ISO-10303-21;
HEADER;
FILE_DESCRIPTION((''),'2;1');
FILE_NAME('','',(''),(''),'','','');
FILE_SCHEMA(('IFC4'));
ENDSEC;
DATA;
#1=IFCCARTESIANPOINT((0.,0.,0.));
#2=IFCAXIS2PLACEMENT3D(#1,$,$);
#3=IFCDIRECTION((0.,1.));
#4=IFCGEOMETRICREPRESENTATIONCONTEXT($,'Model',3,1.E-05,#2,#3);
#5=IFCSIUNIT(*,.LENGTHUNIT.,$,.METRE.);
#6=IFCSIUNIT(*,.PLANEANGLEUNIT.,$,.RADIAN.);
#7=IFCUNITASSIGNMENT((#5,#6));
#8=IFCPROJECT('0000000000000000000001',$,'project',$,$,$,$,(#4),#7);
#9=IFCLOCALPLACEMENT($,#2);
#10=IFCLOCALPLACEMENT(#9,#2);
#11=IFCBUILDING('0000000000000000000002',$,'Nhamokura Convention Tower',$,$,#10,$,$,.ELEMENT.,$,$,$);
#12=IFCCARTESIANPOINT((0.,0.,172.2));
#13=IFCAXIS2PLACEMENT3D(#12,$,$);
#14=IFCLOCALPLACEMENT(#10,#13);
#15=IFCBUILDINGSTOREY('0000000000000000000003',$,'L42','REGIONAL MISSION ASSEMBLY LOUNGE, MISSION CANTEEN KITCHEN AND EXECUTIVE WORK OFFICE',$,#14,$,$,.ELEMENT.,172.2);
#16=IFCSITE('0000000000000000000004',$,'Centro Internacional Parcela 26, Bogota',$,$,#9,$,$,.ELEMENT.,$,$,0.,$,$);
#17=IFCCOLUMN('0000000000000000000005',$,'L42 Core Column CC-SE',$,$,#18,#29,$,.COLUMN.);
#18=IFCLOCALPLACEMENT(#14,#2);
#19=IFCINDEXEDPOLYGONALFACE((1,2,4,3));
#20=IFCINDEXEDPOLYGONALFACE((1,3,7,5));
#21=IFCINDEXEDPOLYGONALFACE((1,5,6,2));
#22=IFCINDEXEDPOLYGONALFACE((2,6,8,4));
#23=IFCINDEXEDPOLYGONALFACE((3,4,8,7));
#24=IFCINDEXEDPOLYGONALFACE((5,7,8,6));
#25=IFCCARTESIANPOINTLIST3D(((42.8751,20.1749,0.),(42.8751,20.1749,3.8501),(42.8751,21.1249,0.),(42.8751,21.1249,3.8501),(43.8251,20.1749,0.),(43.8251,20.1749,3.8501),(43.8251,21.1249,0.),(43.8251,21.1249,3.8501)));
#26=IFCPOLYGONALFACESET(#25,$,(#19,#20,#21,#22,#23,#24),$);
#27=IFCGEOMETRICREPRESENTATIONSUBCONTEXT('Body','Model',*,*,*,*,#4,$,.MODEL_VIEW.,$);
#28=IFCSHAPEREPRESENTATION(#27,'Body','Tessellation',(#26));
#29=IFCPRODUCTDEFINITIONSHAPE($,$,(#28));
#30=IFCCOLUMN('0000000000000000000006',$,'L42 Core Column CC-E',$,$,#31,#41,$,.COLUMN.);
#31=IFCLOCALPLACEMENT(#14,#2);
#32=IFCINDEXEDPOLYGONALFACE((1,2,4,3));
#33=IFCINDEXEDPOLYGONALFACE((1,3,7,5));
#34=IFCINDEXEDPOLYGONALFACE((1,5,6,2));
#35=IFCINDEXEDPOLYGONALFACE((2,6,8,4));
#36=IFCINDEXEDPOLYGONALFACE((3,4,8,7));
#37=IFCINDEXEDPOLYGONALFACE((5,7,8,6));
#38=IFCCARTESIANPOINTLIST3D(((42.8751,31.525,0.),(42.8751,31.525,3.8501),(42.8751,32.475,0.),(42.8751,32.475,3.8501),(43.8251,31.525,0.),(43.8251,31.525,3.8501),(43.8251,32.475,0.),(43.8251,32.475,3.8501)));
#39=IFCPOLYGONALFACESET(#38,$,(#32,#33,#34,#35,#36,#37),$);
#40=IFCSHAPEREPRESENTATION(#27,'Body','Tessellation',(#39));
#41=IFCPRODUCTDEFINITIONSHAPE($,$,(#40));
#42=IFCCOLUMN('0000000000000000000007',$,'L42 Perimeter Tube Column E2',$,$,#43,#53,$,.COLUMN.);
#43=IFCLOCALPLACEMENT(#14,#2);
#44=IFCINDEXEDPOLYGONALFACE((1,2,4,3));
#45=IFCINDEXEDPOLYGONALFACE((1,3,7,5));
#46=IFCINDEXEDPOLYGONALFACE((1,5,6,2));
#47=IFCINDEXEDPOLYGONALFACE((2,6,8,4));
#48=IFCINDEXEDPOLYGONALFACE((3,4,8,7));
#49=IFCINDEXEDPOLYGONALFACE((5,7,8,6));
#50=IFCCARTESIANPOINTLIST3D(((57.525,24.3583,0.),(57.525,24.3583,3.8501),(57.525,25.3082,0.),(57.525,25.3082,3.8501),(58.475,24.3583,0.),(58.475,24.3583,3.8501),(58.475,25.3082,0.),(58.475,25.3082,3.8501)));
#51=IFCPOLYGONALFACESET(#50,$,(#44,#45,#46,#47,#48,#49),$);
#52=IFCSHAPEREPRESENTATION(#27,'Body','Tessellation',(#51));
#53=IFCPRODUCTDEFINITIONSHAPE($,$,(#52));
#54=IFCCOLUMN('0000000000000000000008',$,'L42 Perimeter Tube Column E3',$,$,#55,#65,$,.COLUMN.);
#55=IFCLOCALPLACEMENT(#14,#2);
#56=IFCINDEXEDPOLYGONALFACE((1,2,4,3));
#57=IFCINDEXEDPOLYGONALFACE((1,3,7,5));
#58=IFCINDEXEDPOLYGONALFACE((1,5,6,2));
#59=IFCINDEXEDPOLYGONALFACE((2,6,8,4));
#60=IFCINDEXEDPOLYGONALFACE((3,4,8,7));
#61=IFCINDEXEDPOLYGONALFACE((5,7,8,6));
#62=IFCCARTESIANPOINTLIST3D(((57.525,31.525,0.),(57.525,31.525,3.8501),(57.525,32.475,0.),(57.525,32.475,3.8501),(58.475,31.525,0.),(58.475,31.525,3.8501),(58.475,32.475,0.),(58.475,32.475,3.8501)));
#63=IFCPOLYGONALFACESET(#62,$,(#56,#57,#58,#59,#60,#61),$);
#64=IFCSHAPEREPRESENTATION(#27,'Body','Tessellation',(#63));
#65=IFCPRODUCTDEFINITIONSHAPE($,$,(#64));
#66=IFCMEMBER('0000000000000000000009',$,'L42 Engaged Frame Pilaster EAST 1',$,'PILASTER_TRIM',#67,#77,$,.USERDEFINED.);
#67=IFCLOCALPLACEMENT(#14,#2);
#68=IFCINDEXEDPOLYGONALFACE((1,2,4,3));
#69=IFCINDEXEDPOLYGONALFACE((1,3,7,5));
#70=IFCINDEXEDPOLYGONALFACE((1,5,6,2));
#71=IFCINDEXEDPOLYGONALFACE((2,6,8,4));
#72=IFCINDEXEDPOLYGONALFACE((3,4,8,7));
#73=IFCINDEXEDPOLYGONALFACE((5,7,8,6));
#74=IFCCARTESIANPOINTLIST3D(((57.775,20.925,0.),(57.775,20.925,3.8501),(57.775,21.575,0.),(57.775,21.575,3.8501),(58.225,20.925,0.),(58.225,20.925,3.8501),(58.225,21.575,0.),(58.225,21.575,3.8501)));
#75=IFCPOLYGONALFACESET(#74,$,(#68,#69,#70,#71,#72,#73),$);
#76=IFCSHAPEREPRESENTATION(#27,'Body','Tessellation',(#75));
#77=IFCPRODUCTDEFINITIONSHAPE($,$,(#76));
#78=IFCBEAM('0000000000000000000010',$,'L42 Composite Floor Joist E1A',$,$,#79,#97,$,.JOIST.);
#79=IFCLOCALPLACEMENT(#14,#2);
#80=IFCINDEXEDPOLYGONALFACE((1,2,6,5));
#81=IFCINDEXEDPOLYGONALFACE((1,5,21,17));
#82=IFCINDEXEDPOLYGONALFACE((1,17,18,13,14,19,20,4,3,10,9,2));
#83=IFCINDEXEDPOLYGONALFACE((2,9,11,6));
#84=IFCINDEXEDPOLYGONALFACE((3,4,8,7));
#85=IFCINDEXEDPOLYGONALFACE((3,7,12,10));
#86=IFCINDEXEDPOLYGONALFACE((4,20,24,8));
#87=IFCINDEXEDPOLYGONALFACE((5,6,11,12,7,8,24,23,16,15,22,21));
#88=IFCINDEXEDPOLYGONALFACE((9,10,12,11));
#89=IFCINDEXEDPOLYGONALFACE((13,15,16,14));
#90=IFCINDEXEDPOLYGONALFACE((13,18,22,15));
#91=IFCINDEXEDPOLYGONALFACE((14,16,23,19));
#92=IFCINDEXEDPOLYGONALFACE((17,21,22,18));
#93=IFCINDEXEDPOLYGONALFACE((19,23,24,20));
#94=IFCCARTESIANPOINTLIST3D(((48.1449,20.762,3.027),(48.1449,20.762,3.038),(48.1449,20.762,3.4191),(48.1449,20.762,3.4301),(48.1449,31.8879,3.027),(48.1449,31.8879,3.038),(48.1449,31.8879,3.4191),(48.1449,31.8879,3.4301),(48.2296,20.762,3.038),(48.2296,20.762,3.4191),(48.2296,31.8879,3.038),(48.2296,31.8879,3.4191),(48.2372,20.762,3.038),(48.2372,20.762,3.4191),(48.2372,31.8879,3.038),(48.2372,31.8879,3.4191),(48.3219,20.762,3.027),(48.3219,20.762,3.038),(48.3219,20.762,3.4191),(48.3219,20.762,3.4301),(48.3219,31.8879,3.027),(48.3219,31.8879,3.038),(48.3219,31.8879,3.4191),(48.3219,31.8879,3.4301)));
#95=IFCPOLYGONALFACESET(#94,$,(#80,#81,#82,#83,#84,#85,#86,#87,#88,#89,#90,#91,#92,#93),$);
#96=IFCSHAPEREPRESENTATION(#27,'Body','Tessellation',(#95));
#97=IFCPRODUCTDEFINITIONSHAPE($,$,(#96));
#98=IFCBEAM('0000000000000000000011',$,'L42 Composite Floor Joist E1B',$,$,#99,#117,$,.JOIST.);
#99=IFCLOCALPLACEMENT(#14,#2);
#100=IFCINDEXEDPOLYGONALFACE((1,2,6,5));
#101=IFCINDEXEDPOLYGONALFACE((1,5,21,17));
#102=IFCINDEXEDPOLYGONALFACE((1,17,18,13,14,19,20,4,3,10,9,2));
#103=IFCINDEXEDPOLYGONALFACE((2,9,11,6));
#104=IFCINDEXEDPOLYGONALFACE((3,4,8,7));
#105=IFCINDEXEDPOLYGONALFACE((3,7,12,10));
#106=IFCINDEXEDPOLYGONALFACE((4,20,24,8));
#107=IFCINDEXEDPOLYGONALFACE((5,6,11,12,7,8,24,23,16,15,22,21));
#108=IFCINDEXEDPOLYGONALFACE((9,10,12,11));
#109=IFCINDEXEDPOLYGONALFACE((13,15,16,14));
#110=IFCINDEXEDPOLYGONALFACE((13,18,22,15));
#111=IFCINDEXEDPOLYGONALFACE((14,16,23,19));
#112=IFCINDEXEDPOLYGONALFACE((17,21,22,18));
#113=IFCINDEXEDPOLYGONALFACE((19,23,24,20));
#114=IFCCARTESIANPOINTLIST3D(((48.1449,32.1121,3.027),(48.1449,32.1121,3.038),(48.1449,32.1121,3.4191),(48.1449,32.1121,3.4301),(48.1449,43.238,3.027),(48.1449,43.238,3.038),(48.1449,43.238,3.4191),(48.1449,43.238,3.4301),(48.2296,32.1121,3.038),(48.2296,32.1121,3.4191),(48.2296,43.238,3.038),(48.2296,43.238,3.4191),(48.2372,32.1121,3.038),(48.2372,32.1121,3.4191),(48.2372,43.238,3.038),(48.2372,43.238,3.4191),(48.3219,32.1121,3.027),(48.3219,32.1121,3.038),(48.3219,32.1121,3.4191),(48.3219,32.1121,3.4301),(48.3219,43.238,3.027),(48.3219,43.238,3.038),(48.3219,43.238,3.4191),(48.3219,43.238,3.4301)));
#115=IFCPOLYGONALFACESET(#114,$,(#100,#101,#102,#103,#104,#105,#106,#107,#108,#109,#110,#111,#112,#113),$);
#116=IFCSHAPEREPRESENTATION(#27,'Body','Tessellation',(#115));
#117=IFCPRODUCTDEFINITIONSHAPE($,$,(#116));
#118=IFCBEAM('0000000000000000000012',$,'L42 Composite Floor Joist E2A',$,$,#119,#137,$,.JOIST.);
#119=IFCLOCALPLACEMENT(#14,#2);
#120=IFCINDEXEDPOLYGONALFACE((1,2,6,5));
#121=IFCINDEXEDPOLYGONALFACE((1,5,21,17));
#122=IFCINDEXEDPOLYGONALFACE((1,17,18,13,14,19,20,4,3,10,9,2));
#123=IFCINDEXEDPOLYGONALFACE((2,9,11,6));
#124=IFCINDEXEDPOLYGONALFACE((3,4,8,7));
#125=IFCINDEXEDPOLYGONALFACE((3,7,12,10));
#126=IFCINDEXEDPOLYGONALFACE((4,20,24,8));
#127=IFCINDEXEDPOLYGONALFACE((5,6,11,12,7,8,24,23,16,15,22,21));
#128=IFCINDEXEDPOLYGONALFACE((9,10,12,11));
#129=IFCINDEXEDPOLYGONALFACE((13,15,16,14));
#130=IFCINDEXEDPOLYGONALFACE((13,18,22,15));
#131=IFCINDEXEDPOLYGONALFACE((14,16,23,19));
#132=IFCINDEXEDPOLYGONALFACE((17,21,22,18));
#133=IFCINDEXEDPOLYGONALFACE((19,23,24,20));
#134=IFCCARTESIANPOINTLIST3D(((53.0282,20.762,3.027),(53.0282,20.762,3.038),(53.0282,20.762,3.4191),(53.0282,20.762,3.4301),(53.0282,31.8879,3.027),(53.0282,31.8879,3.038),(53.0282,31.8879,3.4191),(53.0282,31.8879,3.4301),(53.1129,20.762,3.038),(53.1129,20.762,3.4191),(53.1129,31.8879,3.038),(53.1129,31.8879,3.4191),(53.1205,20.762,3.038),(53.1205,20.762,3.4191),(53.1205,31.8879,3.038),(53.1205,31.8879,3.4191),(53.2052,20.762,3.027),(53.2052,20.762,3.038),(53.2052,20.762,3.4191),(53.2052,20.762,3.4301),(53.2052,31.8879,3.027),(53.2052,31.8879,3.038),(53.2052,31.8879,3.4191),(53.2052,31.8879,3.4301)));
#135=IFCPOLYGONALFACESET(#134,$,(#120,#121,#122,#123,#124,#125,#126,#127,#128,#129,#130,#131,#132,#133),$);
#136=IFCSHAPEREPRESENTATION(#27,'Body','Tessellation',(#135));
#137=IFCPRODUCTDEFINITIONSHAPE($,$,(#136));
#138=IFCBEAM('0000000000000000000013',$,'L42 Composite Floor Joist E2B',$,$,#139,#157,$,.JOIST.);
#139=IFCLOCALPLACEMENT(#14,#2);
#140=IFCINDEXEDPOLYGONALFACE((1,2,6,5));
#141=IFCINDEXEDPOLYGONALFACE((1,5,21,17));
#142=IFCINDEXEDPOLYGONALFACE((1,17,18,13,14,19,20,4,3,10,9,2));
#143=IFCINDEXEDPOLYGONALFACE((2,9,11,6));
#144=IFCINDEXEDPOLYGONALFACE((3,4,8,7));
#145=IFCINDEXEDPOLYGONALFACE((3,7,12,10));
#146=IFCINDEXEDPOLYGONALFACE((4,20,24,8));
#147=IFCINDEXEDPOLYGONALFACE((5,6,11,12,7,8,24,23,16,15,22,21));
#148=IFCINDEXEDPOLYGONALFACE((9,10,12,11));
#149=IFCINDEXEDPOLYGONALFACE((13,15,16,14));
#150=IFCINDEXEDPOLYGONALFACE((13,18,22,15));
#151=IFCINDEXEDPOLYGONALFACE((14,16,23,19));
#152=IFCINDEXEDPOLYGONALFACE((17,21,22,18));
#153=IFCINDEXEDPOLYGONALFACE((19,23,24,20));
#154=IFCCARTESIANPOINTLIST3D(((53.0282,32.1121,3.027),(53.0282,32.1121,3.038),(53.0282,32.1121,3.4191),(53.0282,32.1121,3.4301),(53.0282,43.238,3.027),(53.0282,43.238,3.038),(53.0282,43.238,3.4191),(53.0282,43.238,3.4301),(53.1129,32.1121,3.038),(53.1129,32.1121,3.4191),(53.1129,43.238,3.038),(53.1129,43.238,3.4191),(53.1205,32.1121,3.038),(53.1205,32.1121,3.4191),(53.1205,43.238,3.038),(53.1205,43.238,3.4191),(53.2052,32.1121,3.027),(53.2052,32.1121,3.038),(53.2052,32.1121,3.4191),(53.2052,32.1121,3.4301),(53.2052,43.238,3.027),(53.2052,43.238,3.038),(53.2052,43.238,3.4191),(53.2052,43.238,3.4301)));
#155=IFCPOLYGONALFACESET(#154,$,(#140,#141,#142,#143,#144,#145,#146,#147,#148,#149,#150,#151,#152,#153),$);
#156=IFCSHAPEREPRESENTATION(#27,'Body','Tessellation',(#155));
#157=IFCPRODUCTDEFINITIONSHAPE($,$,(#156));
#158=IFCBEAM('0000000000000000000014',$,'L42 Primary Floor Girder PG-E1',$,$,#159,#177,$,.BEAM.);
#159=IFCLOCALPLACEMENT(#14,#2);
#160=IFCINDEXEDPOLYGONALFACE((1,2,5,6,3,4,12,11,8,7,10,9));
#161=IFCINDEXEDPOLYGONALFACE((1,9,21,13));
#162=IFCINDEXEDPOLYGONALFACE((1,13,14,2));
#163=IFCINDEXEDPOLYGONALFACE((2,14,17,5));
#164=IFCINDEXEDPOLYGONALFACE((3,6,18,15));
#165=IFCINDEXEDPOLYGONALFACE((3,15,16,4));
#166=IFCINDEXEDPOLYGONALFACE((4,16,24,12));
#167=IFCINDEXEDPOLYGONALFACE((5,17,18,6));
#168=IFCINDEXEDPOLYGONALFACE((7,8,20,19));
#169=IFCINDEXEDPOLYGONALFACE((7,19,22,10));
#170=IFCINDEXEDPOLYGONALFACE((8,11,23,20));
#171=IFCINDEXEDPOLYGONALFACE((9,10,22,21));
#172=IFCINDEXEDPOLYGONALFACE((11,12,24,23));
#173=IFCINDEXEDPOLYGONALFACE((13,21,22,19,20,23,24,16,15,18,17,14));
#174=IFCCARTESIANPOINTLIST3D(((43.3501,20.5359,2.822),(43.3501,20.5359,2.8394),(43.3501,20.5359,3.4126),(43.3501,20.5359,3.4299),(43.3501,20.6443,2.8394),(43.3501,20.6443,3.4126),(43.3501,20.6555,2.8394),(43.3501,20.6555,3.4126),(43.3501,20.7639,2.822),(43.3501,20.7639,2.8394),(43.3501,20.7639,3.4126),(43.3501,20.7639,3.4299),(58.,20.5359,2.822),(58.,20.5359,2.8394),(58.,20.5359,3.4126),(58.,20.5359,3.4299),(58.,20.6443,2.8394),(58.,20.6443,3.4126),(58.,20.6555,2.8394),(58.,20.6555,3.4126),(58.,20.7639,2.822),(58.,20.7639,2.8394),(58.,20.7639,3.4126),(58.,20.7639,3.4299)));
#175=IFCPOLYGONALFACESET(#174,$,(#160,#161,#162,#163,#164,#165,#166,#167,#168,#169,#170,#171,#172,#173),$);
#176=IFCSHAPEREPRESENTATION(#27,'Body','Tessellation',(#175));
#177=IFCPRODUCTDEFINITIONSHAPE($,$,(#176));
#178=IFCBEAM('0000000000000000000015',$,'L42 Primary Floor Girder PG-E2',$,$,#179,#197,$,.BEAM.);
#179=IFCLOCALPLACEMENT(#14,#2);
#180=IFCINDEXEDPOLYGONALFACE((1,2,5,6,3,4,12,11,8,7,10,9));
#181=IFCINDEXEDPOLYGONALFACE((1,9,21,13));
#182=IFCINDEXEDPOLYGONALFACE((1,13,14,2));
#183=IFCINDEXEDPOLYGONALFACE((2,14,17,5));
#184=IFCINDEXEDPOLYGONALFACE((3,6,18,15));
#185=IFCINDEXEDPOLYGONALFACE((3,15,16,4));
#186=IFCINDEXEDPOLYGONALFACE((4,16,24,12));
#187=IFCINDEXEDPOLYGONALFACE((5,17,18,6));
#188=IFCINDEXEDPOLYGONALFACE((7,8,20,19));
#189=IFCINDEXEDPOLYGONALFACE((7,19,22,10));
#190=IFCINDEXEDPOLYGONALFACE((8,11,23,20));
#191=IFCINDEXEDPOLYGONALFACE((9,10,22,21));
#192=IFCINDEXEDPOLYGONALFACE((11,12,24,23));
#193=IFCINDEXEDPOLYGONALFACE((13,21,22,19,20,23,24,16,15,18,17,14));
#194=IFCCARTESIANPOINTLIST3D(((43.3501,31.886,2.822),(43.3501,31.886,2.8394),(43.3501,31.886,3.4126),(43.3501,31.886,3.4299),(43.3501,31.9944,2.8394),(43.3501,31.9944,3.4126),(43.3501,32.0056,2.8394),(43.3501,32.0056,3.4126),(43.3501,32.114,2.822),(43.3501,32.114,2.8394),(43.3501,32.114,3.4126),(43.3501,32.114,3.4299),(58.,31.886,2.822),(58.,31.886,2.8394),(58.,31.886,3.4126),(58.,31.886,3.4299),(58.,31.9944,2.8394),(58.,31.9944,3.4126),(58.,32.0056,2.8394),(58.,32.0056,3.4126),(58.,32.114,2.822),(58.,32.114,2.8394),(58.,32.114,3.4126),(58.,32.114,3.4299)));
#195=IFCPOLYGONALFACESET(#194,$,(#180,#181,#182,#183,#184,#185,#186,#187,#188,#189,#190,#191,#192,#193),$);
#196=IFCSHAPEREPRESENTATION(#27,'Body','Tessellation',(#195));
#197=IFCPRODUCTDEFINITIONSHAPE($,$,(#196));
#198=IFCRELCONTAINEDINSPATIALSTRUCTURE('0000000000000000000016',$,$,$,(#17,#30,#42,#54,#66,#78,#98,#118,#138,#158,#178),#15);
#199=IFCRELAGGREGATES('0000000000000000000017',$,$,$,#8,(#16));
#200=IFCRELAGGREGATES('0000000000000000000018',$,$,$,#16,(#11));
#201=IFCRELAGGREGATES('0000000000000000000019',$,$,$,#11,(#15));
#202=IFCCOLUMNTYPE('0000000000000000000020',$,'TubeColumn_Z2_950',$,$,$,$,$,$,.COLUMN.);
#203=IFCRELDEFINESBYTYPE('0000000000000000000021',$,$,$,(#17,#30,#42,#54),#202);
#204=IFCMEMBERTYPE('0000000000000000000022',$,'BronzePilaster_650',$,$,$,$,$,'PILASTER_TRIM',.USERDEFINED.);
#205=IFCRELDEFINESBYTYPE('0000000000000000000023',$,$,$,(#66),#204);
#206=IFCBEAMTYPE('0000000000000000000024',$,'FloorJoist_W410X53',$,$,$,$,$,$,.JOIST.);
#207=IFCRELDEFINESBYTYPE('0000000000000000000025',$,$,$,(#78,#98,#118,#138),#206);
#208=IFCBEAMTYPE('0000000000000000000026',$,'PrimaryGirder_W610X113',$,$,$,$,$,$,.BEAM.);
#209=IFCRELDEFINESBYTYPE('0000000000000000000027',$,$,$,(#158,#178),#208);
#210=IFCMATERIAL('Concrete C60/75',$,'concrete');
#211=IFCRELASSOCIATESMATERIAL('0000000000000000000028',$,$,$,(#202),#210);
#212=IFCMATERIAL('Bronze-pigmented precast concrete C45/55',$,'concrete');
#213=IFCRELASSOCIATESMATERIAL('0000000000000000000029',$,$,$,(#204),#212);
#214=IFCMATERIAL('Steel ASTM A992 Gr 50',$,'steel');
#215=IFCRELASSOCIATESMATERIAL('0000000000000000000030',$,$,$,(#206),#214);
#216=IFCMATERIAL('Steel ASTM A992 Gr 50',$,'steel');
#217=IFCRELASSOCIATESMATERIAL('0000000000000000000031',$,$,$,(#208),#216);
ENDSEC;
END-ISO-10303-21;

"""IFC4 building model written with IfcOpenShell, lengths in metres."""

from ifc_helpers import new_model, si_unit, direction, frame, origin, origin_2d, place, context, subcontext, project, spatial, rectangle, i_section, extrude, material, material_profile, profile_set, type_object, element, save


model = new_model("IFC4")

# Units and contexts
model_context = context("Model", 3, precision=1e-05, world=origin(), true_north=direction((0.0, 1.0)))
body_context = subcontext(model_context, "Body", "Model", "MODEL_VIEW")
ifc_project = project(units=[si_unit("LENGTHUNIT", "METRE"), si_unit("PLANEANGLEUNIT", "RADIAN")], contexts=[model_context])

# Site, building, storey
site_placement = place(None, origin())
site = spatial("IfcSite", under=ifc_project, at=site_placement, Name="Centro Internacional Parcela 26, Bogota", CompositionType="ELEMENT", RefElevation=0.0)
building_placement = place(site_placement, origin())
building = spatial("IfcBuilding", under=site, at=building_placement, Name="Nhamokura Convention Tower", CompositionType="ELEMENT")
storey_placement = place(building_placement, frame((0.0, 0.0, 172.2)))
storey = spatial("IfcBuildingStorey", under=building, at=storey_placement, Name="L42", Description="REGIONAL MISSION ASSEMBLY LOUNGE, MISSION CANTEEN KITCHEN AND EXECUTIVE WORK OFFICE", CompositionType="ELEMENT", Elevation=172.2)

# Columns
ifc_material_1 = material(Name="Concrete C60/75", Category="concrete")
ifc_material_profile_1 = material_profile(ifc_material_1, rectangle(XDim=0.95, YDim=0.95, at=origin_2d()))
ifc_profile_set_1 = profile_set([ifc_material_profile_1], Name="Concrete C60/75")
column_type = type_object("IfcColumnType", Name="TubeColumn_Z2_950", PredefinedType="COLUMN", material=ifc_profile_set_1)
for number, where, z_axis, x_axis, name in (
    (1, (43.3501, 20.6499, 0.0), (0.0, 0.0, 1.0), (1.0, 0.0, 0.0), "L42 Core Column CC-SE"),
    (2, (43.3501, 32.0, 0.0), (0.0, 0.0, 1.0), (1.0, 0.0, 0.0), "L42 Core Column CC-E"),
    (3, (58.0, 24.8333, 0.0), (0.0, 0.0, 1.0), (1.0, 0.0, 0.0), "L42 Perimeter Tube Column E2"),
    (4, (58.0, 32.0, 0.0), (0.0, 0.0, 1.0), (1.0, 0.0, 0.0), "L42 Perimeter Tube Column E3"),
):
    element("IfcColumn", number, at=place(storey_placement, frame(where, z_axis=z_axis, x_axis=x_axis)), inside=storey, type_object=column_type, Name=name, PredefinedType="COLUMN", context=body_context, shape_type="SweptSolid", body=[
        extrude(rectangle(XDim=0.95, YDim=0.95, at=origin_2d()), origin(), (0.0, 0.0, 1.0), 3.8501),
    ])

# Member
ifc_material_2 = material(Name="Bronze-pigmented precast concrete C45/55", Category="concrete")
ifc_material_profile_2 = material_profile(ifc_material_2, rectangle(XDim=0.45, YDim=0.6499, at=origin_2d()))
ifc_profile_set_2 = profile_set([ifc_material_profile_2], Name="Bronze-pigmented precast concrete C45/55")
member_type = type_object("IfcMemberType", Name="BronzePilaster_650", ElementType="PILASTER_TRIM", PredefinedType="USERDEFINED", material=ifc_profile_set_2)
member_placement = place(storey_placement, frame((58.0, 21.25, 0.0), z_axis=(0.0, 0.0, 1.0), x_axis=(1.0, 0.0, 0.0)))
element("IfcMember", 5, at=member_placement, inside=storey, type_object=member_type, Name="L42 Engaged Frame Pilaster EAST 1", ObjectType="PILASTER_TRIM", PredefinedType="USERDEFINED", context=body_context, shape_type="SweptSolid", body=[
    extrude(rectangle(XDim=0.45, YDim=0.6499, at=origin_2d()), origin(), (0.0, 0.0, 1.0), 3.8501),
])

# Beams
ifc_material_3 = material(Name="Steel ASTM A992 Gr 50", Category="steel")
ifc_material_profile_3 = material_profile(ifc_material_3, i_section(OverallWidth=0.177, OverallDepth=0.4031, WebThickness=0.0076, FlangeThickness=0.011, at=origin_2d()))
ifc_profile_set_3 = profile_set([ifc_material_profile_3], Name="Steel ASTM A992 Gr 50")
beam_type_1 = type_object("IfcBeamType", Name="FloorJoist_W410X53", PredefinedType="JOIST", material=ifc_profile_set_3)
for number, where, z_axis, x_axis, name in (
    (6, (48.2334, 20.762, 3.2285), (0.0, 1.0, 0.0), (-1.0, 0.0, 0.0), "L42 Composite Floor Joist E1A"),
    (7, (48.2334, 32.1121, 3.2285), (0.0, 1.0, 0.0), (-1.0, 0.0, 0.0), "L42 Composite Floor Joist E1B"),
    (8, (53.1167, 20.762, 3.2285), (0.0, 1.0, 0.0), (-1.0, 0.0, 0.0), "L42 Composite Floor Joist E2A"),
    (9, (53.1167, 32.1121, 3.2285), (0.0, 1.0, 0.0), (-1.0, 0.0, 0.0), "L42 Composite Floor Joist E2B"),
):
    element("IfcBeam", number, at=place(storey_placement, frame(where, z_axis=z_axis, x_axis=x_axis)), inside=storey, type_object=beam_type_1, Name=name, PredefinedType="JOIST", context=body_context, shape_type="SweptSolid", body=[
        extrude(i_section(OverallWidth=0.177, OverallDepth=0.4031, WebThickness=0.0076, FlangeThickness=0.011, at=origin_2d()), origin(), (0.0, 0.0, 1.0), 11.126),
    ])
ifc_material_4 = material(Name="Steel ASTM A992 Gr 50", Category="steel")
ifc_material_profile_4 = material_profile(ifc_material_4, i_section(OverallWidth=0.228, OverallDepth=0.6079, WebThickness=0.0112, FlangeThickness=0.0173, at=origin_2d()))
ifc_profile_set_4 = profile_set([ifc_material_profile_4], Name="Steel ASTM A992 Gr 50")
beam_type_2 = type_object("IfcBeamType", Name="PrimaryGirder_W610X113", PredefinedType="BEAM", material=ifc_profile_set_4)
for number, where, z_axis, x_axis, name in (
    (10, (43.3501, 20.6499, 3.126), (1.0, 0.0, 0.0), (0.0, 1.0, 0.0), "L42 Primary Floor Girder PG-E1"),
    (11, (43.3501, 32.0, 3.126), (1.0, 0.0, 0.0), (0.0, 1.0, 0.0), "L42 Primary Floor Girder PG-E2"),
):
    element("IfcBeam", number, at=place(storey_placement, frame(where, z_axis=z_axis, x_axis=x_axis)), inside=storey, type_object=beam_type_2, Name=name, PredefinedType="BEAM", context=body_context, shape_type="SweptSolid", body=[
        extrude(i_section(OverallWidth=0.228, OverallDepth=0.6079, WebThickness=0.0112, FlangeThickness=0.0173, at=origin_2d()), origin(), (0.0, 0.0, 1.0), 14.6499),
    ])

save(model, "model.ifc")
